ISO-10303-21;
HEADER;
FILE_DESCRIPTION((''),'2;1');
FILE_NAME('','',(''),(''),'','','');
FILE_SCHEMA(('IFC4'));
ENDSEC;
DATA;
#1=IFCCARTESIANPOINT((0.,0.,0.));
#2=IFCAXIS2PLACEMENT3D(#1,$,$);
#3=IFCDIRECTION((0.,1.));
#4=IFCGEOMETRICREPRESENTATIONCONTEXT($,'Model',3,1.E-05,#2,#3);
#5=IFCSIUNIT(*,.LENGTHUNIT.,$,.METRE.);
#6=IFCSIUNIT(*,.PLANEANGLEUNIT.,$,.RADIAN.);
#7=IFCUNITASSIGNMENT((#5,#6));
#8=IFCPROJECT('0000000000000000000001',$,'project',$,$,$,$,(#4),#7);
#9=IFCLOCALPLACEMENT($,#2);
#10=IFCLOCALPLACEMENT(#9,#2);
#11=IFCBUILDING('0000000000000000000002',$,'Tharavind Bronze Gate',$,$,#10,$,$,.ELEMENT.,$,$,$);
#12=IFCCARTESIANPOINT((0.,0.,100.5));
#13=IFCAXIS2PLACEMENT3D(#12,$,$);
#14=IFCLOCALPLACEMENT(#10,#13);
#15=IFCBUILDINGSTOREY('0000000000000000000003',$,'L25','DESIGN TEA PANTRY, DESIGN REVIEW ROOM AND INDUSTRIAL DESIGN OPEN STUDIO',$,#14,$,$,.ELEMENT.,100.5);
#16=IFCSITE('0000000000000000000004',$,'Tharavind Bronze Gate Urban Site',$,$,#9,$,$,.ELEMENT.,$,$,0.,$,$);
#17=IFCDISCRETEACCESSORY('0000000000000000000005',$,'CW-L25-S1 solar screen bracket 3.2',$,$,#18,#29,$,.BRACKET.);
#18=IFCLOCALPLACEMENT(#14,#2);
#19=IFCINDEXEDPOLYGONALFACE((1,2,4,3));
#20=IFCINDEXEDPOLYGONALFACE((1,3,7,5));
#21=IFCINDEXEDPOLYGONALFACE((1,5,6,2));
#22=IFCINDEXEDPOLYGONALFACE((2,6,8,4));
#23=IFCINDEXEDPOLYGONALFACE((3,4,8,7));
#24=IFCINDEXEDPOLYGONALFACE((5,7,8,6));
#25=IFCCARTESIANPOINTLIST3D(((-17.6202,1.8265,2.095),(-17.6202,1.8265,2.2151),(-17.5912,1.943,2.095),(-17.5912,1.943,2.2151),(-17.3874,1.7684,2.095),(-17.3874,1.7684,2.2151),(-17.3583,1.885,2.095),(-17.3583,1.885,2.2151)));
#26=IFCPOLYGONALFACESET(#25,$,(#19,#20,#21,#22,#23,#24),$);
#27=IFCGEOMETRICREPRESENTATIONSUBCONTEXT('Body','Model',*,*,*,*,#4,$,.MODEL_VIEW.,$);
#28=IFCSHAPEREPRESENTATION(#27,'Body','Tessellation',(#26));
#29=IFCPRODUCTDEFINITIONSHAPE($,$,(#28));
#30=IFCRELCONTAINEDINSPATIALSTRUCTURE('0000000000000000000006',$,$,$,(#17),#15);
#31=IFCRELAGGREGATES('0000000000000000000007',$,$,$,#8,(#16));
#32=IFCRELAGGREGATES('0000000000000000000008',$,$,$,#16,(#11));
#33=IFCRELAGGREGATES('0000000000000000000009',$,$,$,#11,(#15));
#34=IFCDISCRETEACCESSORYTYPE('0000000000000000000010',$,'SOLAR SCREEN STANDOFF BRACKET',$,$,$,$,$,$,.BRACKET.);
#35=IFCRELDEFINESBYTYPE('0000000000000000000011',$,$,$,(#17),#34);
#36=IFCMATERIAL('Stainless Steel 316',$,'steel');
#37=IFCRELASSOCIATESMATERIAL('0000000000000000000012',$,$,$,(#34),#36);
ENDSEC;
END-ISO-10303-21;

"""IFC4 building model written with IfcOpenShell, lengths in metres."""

from ifc_helpers import new_model, si_unit, direction, frame, origin, origin_2d, place, context, subcontext, project, spatial, rectangle, extrude, material, type_object, element, save


model = new_model("IFC4")

# Units and contexts
model_context = context("Model", 3, precision=1e-05, world=origin(), true_north=direction((0.0, 1.0)))
body_context = subcontext(model_context, "Body", "Model", "MODEL_VIEW")
ifc_project = project(units=[si_unit("LENGTHUNIT", "METRE"), si_unit("PLANEANGLEUNIT", "RADIAN")], contexts=[model_context])

# Site, building, storey
site_placement = place(None, origin())
site = spatial("IfcSite", under=ifc_project, at=site_placement, Name="Tharavind Bronze Gate Urban Site", CompositionType="ELEMENT", RefElevation=0.0)
building_placement = place(site_placement, origin())
building = spatial("IfcBuilding", under=site, at=building_placement, Name="Tharavind Bronze Gate", CompositionType="ELEMENT")
storey_placement = place(building_placement, frame((0.0, 0.0, 100.5)))
storey = spatial("IfcBuildingStorey", under=building, at=storey_placement, Name="L25", Description="DESIGN TEA PANTRY, DESIGN REVIEW ROOM AND INDUSTRIAL DESIGN OPEN STUDIO", CompositionType="ELEMENT", Elevation=100.5)

# Discrete accessory
ifc_material_1 = material(Name="Stainless Steel 316", Category="steel")
discrete_accessory_type = type_object("IfcDiscreteAccessoryType", Name="SOLAR SCREEN STANDOFF BRACKET", PredefinedType="BRACKET", material=ifc_material_1)
discrete_accessory_placement = place(storey_placement, frame((-17.4893, 1.8557, 2.095), z_axis=(0.0, 0.0, 1.0), x_axis=(-0.241922, -0.970296, 0.0)))
element("IfcDiscreteAccessory", 1, at=discrete_accessory_placement, inside=storey, type_object=discrete_accessory_type, Name="CW-L25-S1 solar screen bracket 3.2", PredefinedType="BRACKET", context=body_context, shape_type="SweptSolid", body=[
    extrude(rectangle(XDim=0.1201, YDim=0.24, at=origin_2d()), origin(), (0.0, 0.0, 1.0), 0.1201),
])

save(model, "model.ifc")
